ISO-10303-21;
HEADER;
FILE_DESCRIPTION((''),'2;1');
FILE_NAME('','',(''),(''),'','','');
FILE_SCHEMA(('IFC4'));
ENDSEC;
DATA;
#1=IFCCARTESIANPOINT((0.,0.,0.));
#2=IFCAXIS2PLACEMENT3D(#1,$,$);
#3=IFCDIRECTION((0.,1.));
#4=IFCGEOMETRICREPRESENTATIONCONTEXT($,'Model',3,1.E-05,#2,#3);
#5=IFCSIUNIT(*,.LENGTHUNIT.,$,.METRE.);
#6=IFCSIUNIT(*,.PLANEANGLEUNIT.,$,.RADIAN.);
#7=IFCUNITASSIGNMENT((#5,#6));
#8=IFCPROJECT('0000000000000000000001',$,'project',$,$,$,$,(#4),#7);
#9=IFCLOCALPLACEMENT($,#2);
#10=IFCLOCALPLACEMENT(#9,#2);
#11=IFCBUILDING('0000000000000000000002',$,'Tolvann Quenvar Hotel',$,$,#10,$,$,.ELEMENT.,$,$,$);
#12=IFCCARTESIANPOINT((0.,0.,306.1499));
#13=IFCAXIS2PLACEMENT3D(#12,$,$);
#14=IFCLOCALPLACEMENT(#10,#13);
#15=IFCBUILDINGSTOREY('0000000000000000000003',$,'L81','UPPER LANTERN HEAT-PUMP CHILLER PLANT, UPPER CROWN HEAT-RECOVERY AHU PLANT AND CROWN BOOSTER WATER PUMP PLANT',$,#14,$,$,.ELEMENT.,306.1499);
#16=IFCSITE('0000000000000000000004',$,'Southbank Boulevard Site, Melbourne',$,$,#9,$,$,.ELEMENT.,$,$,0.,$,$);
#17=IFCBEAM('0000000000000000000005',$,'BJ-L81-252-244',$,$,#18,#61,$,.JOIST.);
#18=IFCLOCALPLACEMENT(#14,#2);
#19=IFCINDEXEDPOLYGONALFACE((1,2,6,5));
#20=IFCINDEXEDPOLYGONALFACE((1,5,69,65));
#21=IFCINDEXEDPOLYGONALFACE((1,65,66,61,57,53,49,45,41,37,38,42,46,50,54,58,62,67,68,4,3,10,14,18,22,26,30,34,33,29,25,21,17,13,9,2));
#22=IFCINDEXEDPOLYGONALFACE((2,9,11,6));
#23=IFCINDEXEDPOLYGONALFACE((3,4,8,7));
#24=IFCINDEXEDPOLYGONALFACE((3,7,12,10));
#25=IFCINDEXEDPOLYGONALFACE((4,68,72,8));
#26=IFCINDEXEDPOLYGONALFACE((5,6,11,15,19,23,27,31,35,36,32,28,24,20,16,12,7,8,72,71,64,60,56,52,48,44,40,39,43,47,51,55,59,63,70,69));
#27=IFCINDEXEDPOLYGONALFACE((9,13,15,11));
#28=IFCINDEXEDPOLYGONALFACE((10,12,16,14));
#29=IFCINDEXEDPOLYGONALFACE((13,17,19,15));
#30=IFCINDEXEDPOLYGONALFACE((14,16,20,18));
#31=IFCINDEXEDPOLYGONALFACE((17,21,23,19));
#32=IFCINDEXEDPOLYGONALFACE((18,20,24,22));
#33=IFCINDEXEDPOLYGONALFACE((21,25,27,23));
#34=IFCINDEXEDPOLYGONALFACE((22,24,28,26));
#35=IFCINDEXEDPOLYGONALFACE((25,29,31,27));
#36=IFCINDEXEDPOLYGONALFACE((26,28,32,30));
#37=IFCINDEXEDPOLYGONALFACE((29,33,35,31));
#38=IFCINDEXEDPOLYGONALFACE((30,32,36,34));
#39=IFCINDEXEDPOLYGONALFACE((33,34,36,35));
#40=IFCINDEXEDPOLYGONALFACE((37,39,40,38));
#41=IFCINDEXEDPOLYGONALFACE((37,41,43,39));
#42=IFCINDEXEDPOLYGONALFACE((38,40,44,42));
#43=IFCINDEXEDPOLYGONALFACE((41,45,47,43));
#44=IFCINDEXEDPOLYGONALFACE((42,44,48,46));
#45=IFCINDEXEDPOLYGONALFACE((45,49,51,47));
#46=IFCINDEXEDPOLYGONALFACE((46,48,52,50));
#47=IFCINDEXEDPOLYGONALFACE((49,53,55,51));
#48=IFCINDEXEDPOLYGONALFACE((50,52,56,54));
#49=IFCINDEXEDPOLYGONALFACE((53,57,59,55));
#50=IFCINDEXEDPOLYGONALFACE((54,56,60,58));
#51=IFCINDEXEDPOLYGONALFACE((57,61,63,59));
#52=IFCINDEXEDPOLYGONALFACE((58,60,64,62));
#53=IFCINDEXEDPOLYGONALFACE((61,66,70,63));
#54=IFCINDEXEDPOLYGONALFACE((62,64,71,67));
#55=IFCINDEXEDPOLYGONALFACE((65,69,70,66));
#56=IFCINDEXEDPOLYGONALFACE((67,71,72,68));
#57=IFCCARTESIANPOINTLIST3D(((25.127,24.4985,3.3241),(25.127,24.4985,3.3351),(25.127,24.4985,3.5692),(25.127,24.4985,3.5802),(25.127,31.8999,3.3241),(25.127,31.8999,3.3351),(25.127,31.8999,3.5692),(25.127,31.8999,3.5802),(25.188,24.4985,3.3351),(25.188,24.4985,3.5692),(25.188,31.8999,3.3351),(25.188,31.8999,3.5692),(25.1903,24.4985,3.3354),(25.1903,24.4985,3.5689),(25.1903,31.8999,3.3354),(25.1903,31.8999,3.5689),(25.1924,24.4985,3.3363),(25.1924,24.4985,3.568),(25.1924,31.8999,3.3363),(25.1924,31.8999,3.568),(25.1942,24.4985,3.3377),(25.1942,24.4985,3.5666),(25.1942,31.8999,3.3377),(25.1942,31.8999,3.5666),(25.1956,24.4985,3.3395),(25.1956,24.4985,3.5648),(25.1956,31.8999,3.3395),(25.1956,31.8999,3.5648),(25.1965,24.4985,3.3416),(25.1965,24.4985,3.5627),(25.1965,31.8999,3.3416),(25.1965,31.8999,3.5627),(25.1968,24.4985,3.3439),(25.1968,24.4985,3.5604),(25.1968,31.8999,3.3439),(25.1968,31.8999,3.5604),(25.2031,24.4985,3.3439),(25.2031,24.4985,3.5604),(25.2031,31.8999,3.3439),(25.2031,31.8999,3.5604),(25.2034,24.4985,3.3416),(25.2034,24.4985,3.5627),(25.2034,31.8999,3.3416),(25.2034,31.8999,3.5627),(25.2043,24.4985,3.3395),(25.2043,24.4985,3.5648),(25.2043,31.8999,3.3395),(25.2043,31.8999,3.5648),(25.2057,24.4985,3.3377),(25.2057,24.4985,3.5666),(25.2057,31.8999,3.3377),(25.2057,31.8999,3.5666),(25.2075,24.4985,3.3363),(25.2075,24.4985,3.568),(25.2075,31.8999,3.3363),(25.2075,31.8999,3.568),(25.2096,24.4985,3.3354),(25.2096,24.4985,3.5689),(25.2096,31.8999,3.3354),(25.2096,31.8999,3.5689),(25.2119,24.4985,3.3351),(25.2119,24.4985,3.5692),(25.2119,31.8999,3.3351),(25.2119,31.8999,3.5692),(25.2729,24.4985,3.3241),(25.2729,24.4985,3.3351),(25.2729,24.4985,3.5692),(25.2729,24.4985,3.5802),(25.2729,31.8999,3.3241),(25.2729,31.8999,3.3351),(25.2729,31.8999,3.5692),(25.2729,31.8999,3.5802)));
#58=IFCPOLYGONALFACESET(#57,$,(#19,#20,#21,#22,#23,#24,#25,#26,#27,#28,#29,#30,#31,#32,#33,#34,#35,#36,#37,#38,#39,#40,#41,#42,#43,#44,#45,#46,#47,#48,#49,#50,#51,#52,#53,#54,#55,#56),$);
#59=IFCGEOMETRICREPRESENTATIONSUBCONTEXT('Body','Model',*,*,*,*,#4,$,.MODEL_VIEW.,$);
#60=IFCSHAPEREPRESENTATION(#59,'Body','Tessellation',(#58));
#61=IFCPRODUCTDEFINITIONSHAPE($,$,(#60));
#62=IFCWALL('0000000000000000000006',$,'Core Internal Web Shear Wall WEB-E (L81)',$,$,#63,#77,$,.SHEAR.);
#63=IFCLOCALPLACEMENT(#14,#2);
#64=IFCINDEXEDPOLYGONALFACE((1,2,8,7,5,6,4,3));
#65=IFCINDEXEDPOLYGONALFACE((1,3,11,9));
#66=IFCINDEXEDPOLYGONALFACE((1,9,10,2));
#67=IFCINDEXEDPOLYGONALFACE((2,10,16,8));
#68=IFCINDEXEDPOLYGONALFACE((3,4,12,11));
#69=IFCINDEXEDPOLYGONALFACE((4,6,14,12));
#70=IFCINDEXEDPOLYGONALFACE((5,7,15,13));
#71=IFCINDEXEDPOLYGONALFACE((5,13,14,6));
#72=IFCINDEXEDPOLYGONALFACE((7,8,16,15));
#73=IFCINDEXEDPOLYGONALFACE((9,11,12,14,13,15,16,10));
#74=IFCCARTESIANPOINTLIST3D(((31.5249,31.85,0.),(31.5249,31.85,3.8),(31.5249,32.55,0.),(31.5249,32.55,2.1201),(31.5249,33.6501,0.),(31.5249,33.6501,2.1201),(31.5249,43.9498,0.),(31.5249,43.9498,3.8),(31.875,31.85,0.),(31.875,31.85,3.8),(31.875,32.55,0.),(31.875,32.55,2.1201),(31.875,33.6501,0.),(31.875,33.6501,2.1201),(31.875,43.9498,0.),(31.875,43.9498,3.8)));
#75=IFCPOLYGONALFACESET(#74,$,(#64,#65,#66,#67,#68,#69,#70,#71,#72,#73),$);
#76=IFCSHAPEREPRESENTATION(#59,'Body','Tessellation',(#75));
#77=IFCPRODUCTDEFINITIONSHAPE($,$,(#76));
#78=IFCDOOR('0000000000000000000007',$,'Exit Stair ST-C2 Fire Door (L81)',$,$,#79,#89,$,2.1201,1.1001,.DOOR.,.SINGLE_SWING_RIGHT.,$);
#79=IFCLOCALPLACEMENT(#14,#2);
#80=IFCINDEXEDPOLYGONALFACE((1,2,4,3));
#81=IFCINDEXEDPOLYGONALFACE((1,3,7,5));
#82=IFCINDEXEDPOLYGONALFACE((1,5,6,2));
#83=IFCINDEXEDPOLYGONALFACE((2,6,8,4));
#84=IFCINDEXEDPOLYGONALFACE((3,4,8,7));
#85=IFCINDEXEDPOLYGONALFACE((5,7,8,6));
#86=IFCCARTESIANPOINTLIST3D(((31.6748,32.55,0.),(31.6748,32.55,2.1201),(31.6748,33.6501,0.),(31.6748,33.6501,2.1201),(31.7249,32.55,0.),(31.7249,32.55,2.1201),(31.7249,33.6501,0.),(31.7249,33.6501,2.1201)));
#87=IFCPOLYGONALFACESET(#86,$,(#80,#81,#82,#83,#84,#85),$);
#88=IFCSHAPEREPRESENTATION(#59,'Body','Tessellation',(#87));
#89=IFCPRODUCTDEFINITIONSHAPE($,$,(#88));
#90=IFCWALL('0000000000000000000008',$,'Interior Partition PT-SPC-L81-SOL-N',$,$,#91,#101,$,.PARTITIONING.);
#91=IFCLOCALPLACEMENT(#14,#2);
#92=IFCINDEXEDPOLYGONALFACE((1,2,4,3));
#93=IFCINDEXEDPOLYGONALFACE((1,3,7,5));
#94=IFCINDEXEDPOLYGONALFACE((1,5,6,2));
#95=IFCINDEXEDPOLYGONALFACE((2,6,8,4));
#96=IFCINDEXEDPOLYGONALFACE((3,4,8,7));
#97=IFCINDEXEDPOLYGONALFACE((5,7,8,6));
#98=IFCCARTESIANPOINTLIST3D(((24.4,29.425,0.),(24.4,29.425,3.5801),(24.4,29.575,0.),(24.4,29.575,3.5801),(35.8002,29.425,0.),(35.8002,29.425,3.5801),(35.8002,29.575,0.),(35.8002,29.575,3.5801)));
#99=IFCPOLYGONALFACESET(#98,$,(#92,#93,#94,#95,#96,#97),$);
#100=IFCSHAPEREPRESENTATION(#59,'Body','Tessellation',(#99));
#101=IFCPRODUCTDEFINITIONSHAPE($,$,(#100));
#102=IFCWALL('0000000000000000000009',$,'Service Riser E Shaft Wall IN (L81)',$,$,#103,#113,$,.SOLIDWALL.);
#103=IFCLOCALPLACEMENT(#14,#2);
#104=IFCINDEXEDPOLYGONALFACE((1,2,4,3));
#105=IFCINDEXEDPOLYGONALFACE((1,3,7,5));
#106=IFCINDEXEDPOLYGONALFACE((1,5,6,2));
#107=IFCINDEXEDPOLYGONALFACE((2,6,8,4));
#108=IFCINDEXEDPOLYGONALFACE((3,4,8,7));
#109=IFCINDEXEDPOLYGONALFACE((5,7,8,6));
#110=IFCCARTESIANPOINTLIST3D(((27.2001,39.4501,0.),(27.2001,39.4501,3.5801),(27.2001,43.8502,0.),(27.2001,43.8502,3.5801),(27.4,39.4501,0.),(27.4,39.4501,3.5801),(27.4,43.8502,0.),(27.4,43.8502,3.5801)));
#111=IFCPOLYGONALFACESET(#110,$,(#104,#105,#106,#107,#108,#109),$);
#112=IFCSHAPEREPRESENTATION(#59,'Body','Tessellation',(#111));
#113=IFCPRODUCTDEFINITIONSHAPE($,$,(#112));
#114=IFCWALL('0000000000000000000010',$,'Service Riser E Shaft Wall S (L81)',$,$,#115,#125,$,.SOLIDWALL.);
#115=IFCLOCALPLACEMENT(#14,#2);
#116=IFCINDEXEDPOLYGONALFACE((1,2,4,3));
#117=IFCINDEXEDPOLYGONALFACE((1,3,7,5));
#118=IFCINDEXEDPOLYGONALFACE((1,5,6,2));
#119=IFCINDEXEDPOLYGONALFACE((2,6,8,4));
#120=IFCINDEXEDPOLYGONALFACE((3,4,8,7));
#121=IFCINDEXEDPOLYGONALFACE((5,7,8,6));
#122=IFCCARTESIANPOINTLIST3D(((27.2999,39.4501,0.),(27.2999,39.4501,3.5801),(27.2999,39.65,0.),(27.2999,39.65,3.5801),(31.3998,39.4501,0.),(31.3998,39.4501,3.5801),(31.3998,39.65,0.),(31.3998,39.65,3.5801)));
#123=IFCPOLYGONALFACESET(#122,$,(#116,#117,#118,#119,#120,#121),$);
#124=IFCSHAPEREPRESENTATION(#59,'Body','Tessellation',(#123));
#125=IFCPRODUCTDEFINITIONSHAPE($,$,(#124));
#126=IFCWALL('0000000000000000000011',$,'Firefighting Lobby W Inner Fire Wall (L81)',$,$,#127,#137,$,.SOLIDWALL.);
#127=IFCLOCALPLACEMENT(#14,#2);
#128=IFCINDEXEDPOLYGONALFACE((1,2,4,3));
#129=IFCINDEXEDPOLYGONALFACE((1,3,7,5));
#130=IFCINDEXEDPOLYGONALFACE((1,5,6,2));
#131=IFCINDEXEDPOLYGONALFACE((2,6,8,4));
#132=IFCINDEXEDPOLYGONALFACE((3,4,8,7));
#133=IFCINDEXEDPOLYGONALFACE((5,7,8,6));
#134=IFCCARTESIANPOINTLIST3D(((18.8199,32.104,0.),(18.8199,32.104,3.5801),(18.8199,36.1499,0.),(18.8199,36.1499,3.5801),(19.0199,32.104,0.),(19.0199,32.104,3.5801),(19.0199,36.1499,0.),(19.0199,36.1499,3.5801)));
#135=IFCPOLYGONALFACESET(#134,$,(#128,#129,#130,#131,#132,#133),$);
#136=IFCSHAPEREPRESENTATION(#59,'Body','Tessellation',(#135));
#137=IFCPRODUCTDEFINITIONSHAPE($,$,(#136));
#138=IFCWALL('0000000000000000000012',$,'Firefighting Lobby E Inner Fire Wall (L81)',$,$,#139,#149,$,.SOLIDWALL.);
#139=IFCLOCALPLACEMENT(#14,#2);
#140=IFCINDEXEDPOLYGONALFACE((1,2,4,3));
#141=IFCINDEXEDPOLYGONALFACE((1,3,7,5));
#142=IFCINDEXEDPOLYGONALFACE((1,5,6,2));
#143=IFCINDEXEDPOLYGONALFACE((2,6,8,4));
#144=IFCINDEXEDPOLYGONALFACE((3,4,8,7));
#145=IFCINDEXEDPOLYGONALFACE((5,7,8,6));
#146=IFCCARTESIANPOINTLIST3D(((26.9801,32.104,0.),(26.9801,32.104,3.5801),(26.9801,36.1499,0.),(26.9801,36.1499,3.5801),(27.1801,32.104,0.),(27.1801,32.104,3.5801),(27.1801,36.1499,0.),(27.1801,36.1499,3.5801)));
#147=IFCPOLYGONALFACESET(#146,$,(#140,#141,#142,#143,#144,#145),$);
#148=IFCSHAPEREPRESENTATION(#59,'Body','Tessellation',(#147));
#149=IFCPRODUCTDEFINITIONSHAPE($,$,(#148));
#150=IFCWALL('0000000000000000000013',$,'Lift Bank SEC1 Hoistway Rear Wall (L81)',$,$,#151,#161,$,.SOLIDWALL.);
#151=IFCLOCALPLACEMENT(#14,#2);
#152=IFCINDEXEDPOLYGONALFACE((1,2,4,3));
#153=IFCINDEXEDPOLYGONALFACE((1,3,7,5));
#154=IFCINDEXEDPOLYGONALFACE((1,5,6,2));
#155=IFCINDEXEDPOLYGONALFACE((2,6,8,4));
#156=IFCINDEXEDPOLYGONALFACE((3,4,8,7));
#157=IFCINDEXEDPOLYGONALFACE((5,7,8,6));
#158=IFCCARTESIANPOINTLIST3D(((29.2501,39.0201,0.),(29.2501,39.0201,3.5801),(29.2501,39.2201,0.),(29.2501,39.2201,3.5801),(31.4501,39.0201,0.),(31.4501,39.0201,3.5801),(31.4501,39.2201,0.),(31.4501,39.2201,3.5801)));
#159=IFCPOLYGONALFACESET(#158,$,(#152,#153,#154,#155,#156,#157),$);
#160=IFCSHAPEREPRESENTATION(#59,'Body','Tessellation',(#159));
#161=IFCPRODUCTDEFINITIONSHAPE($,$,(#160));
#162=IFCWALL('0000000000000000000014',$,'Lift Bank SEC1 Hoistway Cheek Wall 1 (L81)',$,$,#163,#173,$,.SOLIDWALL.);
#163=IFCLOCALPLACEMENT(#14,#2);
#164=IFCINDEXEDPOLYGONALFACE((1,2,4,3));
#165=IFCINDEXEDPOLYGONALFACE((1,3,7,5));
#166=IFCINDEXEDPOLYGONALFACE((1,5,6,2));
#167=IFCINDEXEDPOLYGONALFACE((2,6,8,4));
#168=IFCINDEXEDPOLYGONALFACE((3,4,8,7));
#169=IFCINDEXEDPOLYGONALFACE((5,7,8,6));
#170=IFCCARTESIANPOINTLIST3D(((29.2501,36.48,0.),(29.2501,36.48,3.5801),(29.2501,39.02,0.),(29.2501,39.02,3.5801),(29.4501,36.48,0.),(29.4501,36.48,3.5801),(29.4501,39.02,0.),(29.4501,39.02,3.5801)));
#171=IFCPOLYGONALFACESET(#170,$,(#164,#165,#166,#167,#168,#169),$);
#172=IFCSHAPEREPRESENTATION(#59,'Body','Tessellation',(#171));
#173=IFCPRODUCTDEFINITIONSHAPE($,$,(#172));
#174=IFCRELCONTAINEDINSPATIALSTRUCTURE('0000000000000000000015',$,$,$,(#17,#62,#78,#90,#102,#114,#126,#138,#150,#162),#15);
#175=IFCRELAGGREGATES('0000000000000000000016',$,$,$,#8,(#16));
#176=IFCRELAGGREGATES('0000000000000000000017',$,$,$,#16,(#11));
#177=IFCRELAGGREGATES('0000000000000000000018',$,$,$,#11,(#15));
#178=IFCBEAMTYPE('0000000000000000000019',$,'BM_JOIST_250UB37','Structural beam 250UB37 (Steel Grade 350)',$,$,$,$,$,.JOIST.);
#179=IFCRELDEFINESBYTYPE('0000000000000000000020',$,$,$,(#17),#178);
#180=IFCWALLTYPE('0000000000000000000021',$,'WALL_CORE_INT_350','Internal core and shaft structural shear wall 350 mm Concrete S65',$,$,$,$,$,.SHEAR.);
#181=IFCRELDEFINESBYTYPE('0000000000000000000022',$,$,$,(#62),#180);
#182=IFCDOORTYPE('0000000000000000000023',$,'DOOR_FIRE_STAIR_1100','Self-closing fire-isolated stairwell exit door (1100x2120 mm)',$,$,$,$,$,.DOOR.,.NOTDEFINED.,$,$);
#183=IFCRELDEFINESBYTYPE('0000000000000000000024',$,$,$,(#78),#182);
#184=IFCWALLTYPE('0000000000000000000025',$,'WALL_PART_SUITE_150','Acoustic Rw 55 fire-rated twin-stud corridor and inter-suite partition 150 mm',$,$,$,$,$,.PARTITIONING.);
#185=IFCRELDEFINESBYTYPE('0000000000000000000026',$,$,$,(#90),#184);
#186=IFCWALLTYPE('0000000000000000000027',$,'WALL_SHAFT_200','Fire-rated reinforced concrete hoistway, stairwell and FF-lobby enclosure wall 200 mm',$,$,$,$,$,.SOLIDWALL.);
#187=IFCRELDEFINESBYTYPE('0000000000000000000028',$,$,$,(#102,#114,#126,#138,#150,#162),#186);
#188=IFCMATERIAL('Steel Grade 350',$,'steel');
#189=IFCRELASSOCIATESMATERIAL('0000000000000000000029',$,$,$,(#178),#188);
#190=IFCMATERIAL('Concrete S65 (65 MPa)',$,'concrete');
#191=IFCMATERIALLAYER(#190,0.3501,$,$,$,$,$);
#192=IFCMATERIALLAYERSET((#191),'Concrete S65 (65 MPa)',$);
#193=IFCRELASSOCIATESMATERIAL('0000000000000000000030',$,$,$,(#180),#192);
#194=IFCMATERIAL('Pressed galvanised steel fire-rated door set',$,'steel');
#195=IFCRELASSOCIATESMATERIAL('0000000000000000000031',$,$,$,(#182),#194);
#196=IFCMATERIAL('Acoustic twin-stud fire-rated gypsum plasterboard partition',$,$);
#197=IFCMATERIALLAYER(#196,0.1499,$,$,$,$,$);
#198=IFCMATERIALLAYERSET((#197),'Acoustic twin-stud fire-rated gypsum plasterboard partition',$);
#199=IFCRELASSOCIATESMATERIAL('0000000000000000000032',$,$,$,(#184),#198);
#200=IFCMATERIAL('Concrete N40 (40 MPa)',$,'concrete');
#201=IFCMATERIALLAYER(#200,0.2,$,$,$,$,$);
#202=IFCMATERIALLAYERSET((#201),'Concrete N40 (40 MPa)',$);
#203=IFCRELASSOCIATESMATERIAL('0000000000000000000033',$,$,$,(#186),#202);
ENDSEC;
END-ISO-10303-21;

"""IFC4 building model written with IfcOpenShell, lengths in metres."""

from ifc_helpers import new_model, si_unit, direction, frame, frame_2d, origin, origin_2d, place, context, subcontext, project, spatial, rectangle, i_section, extrude, source, transform, mapped, material, layer, layer_set, material_profile, profile_set, type_object, type_shapes, element, fill, save


model = new_model("IFC4")

# Units and contexts
model_context = context("Model", 3, precision=1e-05, world=origin(), true_north=direction((0.0, 1.0)))
body_context = subcontext(model_context, "Body", "Model", "MODEL_VIEW")
ifc_project = project(units=[si_unit("LENGTHUNIT", "METRE"), si_unit("PLANEANGLEUNIT", "RADIAN")], contexts=[model_context])

# Site, building, storey
site_placement = place(None, origin())
site = spatial("IfcSite", under=ifc_project, at=site_placement, Name="Southbank Boulevard Site, Melbourne", CompositionType="ELEMENT", RefElevation=0.0)
building_placement = place(site_placement, origin())
building = spatial("IfcBuilding", under=site, at=building_placement, Name="Tolvann Quenvar Hotel", CompositionType="ELEMENT")
storey_placement = place(building_placement, frame((0.0, 0.0, 306.1499)))
storey = spatial("IfcBuildingStorey", under=building, at=storey_placement, Name="L81", Description="UPPER LANTERN HEAT-PUMP CHILLER PLANT, UPPER CROWN HEAT-RECOVERY AHU PLANT AND CROWN BOOSTER WATER PUMP PLANT", CompositionType="ELEMENT", Elevation=306.1499)

# Shared definitions
ifc_material_1 = material(Name="Steel Grade 350", Category="steel")

# Beam
ifc_material_profile_1 = material_profile(ifc_material_1, i_section(OverallWidth=0.146, OverallDepth=0.2561, WebThickness=0.0063, FlangeThickness=0.011, FilletRadius=0.0088, at=origin_2d()), Name="250UB37")
ifc_profile_set_1 = profile_set([ifc_material_profile_1], Name="Steel Grade 350")
beam_type_1 = type_object("IfcBeamType", Name="BM_JOIST_250UB37", Description="Structural beam 250UB37 (Steel Grade 350)", PredefinedType="JOIST", material=ifc_profile_set_1)
shared_shape_1 = source(origin(), body_context, "Body", "SweptSolid", [
    extrude(i_section(OverallWidth=0.146, OverallDepth=0.2561, WebThickness=0.0063, FlangeThickness=0.011, FilletRadius=0.0088, at=origin_2d()), origin(), (0.0, 0.0, 1.0), 7.4014),
])
type_shapes(beam_type_1, [shared_shape_1])
beam_1_placement = place(storey_placement, frame((25.2, 24.4985, 3.4521), z_axis=(0.0, 1.0, 0.0), x_axis=(-1.0, 0.0, 0.0)))
element("IfcBeam", 1, at=beam_1_placement, inside=storey, type_object=beam_type_1, Name="BJ-L81-252-244", PredefinedType="JOIST", context=body_context, shape_type="MappedRepresentation", body=[
    mapped(shared_shape_1, transform((0.0, 0.0, 0.0), x_axis=(1.0, 0.0, 0.0), y_axis=(0.0, 1.0, 0.0), z_axis=(0.0, 0.0, 1.0), scale=1.0)),
])

# Wall, opening, door
ifc_material_2 = material(Name="Concrete S65 (65 MPa)", Category="concrete")
ifc_layer_1 = layer(ifc_material_2, 0.3501)
ifc_layer_set_1 = layer_set([ifc_layer_1], Name="Concrete S65 (65 MPa)")
wall_type_1 = type_object("IfcWallType", Name="WALL_CORE_INT_350", Description="Internal core and shaft structural shear wall 350 mm Concrete S65", PredefinedType="SHEAR", material=ifc_layer_set_1)
wall_1_placement = place(storey_placement, frame((31.7, 31.8501, 0.0), z_axis=(0.0, 0.0, 1.0), x_axis=(0.0, 1.0, 0.0)))
wall_1 = element("IfcWall", 2, at=wall_1_placement, inside=storey, type_object=wall_type_1, Name="Core Internal Web Shear Wall WEB-E (L81)", PredefinedType="SHEAR", context=body_context, shape_type="SweptSolid", body=[
    extrude(rectangle(XDim=12.0999, YDim=0.3501, at=frame_2d((6.0498, 0.0))), origin(), (0.0, 0.0, 1.0), 3.8),
])
opening_1_placement = place(wall_1_placement, frame((1.8, 0.0, 0.0), z_axis=(0.0, 0.0, 1.0), x_axis=(-1.0, 0.0, 0.0)))
opening_1 = element("IfcOpeningElement", 3, at=opening_1_placement, cuts=wall_1, PredefinedType="OPENING", context=body_context, shape_type="SweptSolid", body=[
    extrude(rectangle(XDim=1.1001, YDim=2.1201, at=frame_2d((0.55, 1.0601))), frame((0.0, 0.1851, 0.0), z_axis=(0.0, -1.0, 0.0), x_axis=(1.0, 0.0, 0.0)), (0.0, 0.0, 1.0), 0.3701),
])
ifc_material_3 = material(Name="Pressed galvanised steel fire-rated door set", Category="steel")
door_type_1 = type_object("IfcDoorType", Name="DOOR_FIRE_STAIR_1100", Description="Self-closing fire-isolated stairwell exit door (1100x2120 mm)", OperationType="NOTDEFINED", PredefinedType="DOOR", material=ifc_material_3)
shared_shape_2 = source(origin(), body_context, "Body", "SweptSolid", [
    extrude(rectangle(XDim=1.1001, YDim=2.1201, at=frame_2d((0.55, 1.0601))), frame((0.0, 0.0249, 0.0), z_axis=(0.0, -1.0, 0.0), x_axis=(1.0, 0.0, 0.0)), (0.0, 0.0, 1.0), 0.05),
])
type_shapes(door_type_1, [shared_shape_2])
door_1_placement = place(opening_1_placement, origin())
door_1 = element("IfcDoor", 4, at=door_1_placement, inside=storey, type_object=door_type_1, Name="Exit Stair ST-C2 Fire Door (L81)", OperationType="SINGLE_SWING_RIGHT", OverallHeight=2.1201, OverallWidth=1.1001, PredefinedType="DOOR", context=body_context, shape_type="MappedRepresentation", body=[
    mapped(shared_shape_2, transform((0.0, 0.0, 0.0), x_axis=(1.0, 0.0, 0.0), y_axis=(0.0, 1.0, 0.0), z_axis=(0.0, 0.0, 1.0), scale=1.0)),
])
fill(opening_1, door_1)

# Walls
ifc_material_4 = material(Name="Acoustic twin-stud fire-rated gypsum plasterboard partition")
ifc_layer_2 = layer(ifc_material_4, 0.1499)
ifc_layer_set_2 = layer_set([ifc_layer_2], Name="Acoustic twin-stud fire-rated gypsum plasterboard partition")
wall_type_2 = type_object("IfcWallType", Name="WALL_PART_SUITE_150", Description="Acoustic Rw 55 fire-rated twin-stud corridor and inter-suite partition 150 mm", PredefinedType="PARTITIONING", material=ifc_layer_set_2)
wall_2_placement = place(storey_placement, frame((24.3999, 29.5, 0.0), z_axis=(0.0, 0.0, 1.0), x_axis=(1.0, 0.0, 0.0)))
element("IfcWall", 5, at=wall_2_placement, inside=storey, type_object=wall_type_2, Name="Interior Partition PT-SPC-L81-SOL-N", PredefinedType="PARTITIONING", context=body_context, shape_type="SweptSolid", body=[
    extrude(rectangle(XDim=11.4001, YDim=0.1499, at=frame_2d((5.7002, 0.0))), origin(), (0.0, 0.0, 1.0), 3.5801),
])
ifc_material_5 = material(Name="Concrete N40 (40 MPa)", Category="concrete")
ifc_layer_3 = layer(ifc_material_5, 0.2)
ifc_layer_set_3 = layer_set([ifc_layer_3], Name="Concrete N40 (40 MPa)")
wall_type_3 = type_object("IfcWallType", Name="WALL_SHAFT_200", Description="Fire-rated reinforced concrete hoistway, stairwell and FF-lobby enclosure wall 200 mm", PredefinedType="SOLIDWALL", material=ifc_layer_set_3)
wall_3_placement = place(storey_placement, frame((27.3, 39.45, 0.0), z_axis=(0.0, 0.0, 1.0), x_axis=(0.0, 1.0, 0.0)))
element("IfcWall", 6, at=wall_3_placement, inside=storey, type_object=wall_type_3, Name="Service Riser E Shaft Wall IN (L81)", PredefinedType="SOLIDWALL", context=body_context, shape_type="SweptSolid", body=[
    extrude(rectangle(XDim=4.4001, YDim=0.2, at=frame_2d((2.2002, 0.0))), origin(), (0.0, 0.0, 1.0), 3.5801),
])
wall_4_placement = place(storey_placement, frame((27.3, 39.55, 0.0), z_axis=(0.0, 0.0, 1.0), x_axis=(1.0, 0.0, 0.0)))
element("IfcWall", 7, at=wall_4_placement, inside=storey, type_object=wall_type_3, Name="Service Riser E Shaft Wall S (L81)", PredefinedType="SOLIDWALL", context=body_context, shape_type="SweptSolid", body=[
    extrude(rectangle(XDim=4.0999, YDim=0.2, at=frame_2d((2.0498, 0.0))), origin(), (0.0, 0.0, 1.0), 3.5801),
])
for number, where, z_axis, x_axis, name in (
    (8, (18.9199, 32.104, 0.0), (0.0, 0.0, 1.0), (0.0, 1.0, 0.0), "Firefighting Lobby W Inner Fire Wall (L81)"),
    (9, (27.0801, 32.104, 0.0), (0.0, 0.0, 1.0), (0.0, 1.0, 0.0), "Firefighting Lobby E Inner Fire Wall (L81)"),
):
    element("IfcWall", number, at=place(storey_placement, frame(where, z_axis=z_axis, x_axis=x_axis)), inside=storey, type_object=wall_type_3, Name=name, PredefinedType="SOLIDWALL", context=body_context, shape_type="SweptSolid", body=[
        extrude(rectangle(XDim=4.0459, YDim=0.2, at=frame_2d((2.0229, 0.0))), origin(), (0.0, 0.0, 1.0), 3.5801),
    ])

# Walls
wall_5_placement = place(storey_placement, frame((29.25, 39.1201, 0.0), z_axis=(0.0, 0.0, 1.0), x_axis=(1.0, 0.0, 0.0)))
element("IfcWall", 10, at=wall_5_placement, inside=storey, type_object=wall_type_3, Name="Lift Bank SEC1 Hoistway Rear Wall (L81)", PredefinedType="SOLIDWALL", context=body_context, shape_type="SweptSolid", body=[
    extrude(rectangle(XDim=2.2, YDim=0.2, at=frame_2d((1.1001, 0.0))), origin(), (0.0, 0.0, 1.0), 3.5801),
])
wall_6_placement = place(storey_placement, frame((29.3501, 36.48, 0.0), z_axis=(0.0, 0.0, 1.0), x_axis=(0.0, 1.0, 0.0)))
element("IfcWall", 11, at=wall_6_placement, inside=storey, type_object=wall_type_3, Name="Lift Bank SEC1 Hoistway Cheek Wall 1 (L81)", PredefinedType="SOLIDWALL", context=body_context, shape_type="SweptSolid", body=[
    extrude(rectangle(XDim=2.54, YDim=0.2, at=frame_2d((1.27, 0.0))), origin(), (0.0, 0.0, 1.0), 3.5801),
])

save(model, "model.ifc")
